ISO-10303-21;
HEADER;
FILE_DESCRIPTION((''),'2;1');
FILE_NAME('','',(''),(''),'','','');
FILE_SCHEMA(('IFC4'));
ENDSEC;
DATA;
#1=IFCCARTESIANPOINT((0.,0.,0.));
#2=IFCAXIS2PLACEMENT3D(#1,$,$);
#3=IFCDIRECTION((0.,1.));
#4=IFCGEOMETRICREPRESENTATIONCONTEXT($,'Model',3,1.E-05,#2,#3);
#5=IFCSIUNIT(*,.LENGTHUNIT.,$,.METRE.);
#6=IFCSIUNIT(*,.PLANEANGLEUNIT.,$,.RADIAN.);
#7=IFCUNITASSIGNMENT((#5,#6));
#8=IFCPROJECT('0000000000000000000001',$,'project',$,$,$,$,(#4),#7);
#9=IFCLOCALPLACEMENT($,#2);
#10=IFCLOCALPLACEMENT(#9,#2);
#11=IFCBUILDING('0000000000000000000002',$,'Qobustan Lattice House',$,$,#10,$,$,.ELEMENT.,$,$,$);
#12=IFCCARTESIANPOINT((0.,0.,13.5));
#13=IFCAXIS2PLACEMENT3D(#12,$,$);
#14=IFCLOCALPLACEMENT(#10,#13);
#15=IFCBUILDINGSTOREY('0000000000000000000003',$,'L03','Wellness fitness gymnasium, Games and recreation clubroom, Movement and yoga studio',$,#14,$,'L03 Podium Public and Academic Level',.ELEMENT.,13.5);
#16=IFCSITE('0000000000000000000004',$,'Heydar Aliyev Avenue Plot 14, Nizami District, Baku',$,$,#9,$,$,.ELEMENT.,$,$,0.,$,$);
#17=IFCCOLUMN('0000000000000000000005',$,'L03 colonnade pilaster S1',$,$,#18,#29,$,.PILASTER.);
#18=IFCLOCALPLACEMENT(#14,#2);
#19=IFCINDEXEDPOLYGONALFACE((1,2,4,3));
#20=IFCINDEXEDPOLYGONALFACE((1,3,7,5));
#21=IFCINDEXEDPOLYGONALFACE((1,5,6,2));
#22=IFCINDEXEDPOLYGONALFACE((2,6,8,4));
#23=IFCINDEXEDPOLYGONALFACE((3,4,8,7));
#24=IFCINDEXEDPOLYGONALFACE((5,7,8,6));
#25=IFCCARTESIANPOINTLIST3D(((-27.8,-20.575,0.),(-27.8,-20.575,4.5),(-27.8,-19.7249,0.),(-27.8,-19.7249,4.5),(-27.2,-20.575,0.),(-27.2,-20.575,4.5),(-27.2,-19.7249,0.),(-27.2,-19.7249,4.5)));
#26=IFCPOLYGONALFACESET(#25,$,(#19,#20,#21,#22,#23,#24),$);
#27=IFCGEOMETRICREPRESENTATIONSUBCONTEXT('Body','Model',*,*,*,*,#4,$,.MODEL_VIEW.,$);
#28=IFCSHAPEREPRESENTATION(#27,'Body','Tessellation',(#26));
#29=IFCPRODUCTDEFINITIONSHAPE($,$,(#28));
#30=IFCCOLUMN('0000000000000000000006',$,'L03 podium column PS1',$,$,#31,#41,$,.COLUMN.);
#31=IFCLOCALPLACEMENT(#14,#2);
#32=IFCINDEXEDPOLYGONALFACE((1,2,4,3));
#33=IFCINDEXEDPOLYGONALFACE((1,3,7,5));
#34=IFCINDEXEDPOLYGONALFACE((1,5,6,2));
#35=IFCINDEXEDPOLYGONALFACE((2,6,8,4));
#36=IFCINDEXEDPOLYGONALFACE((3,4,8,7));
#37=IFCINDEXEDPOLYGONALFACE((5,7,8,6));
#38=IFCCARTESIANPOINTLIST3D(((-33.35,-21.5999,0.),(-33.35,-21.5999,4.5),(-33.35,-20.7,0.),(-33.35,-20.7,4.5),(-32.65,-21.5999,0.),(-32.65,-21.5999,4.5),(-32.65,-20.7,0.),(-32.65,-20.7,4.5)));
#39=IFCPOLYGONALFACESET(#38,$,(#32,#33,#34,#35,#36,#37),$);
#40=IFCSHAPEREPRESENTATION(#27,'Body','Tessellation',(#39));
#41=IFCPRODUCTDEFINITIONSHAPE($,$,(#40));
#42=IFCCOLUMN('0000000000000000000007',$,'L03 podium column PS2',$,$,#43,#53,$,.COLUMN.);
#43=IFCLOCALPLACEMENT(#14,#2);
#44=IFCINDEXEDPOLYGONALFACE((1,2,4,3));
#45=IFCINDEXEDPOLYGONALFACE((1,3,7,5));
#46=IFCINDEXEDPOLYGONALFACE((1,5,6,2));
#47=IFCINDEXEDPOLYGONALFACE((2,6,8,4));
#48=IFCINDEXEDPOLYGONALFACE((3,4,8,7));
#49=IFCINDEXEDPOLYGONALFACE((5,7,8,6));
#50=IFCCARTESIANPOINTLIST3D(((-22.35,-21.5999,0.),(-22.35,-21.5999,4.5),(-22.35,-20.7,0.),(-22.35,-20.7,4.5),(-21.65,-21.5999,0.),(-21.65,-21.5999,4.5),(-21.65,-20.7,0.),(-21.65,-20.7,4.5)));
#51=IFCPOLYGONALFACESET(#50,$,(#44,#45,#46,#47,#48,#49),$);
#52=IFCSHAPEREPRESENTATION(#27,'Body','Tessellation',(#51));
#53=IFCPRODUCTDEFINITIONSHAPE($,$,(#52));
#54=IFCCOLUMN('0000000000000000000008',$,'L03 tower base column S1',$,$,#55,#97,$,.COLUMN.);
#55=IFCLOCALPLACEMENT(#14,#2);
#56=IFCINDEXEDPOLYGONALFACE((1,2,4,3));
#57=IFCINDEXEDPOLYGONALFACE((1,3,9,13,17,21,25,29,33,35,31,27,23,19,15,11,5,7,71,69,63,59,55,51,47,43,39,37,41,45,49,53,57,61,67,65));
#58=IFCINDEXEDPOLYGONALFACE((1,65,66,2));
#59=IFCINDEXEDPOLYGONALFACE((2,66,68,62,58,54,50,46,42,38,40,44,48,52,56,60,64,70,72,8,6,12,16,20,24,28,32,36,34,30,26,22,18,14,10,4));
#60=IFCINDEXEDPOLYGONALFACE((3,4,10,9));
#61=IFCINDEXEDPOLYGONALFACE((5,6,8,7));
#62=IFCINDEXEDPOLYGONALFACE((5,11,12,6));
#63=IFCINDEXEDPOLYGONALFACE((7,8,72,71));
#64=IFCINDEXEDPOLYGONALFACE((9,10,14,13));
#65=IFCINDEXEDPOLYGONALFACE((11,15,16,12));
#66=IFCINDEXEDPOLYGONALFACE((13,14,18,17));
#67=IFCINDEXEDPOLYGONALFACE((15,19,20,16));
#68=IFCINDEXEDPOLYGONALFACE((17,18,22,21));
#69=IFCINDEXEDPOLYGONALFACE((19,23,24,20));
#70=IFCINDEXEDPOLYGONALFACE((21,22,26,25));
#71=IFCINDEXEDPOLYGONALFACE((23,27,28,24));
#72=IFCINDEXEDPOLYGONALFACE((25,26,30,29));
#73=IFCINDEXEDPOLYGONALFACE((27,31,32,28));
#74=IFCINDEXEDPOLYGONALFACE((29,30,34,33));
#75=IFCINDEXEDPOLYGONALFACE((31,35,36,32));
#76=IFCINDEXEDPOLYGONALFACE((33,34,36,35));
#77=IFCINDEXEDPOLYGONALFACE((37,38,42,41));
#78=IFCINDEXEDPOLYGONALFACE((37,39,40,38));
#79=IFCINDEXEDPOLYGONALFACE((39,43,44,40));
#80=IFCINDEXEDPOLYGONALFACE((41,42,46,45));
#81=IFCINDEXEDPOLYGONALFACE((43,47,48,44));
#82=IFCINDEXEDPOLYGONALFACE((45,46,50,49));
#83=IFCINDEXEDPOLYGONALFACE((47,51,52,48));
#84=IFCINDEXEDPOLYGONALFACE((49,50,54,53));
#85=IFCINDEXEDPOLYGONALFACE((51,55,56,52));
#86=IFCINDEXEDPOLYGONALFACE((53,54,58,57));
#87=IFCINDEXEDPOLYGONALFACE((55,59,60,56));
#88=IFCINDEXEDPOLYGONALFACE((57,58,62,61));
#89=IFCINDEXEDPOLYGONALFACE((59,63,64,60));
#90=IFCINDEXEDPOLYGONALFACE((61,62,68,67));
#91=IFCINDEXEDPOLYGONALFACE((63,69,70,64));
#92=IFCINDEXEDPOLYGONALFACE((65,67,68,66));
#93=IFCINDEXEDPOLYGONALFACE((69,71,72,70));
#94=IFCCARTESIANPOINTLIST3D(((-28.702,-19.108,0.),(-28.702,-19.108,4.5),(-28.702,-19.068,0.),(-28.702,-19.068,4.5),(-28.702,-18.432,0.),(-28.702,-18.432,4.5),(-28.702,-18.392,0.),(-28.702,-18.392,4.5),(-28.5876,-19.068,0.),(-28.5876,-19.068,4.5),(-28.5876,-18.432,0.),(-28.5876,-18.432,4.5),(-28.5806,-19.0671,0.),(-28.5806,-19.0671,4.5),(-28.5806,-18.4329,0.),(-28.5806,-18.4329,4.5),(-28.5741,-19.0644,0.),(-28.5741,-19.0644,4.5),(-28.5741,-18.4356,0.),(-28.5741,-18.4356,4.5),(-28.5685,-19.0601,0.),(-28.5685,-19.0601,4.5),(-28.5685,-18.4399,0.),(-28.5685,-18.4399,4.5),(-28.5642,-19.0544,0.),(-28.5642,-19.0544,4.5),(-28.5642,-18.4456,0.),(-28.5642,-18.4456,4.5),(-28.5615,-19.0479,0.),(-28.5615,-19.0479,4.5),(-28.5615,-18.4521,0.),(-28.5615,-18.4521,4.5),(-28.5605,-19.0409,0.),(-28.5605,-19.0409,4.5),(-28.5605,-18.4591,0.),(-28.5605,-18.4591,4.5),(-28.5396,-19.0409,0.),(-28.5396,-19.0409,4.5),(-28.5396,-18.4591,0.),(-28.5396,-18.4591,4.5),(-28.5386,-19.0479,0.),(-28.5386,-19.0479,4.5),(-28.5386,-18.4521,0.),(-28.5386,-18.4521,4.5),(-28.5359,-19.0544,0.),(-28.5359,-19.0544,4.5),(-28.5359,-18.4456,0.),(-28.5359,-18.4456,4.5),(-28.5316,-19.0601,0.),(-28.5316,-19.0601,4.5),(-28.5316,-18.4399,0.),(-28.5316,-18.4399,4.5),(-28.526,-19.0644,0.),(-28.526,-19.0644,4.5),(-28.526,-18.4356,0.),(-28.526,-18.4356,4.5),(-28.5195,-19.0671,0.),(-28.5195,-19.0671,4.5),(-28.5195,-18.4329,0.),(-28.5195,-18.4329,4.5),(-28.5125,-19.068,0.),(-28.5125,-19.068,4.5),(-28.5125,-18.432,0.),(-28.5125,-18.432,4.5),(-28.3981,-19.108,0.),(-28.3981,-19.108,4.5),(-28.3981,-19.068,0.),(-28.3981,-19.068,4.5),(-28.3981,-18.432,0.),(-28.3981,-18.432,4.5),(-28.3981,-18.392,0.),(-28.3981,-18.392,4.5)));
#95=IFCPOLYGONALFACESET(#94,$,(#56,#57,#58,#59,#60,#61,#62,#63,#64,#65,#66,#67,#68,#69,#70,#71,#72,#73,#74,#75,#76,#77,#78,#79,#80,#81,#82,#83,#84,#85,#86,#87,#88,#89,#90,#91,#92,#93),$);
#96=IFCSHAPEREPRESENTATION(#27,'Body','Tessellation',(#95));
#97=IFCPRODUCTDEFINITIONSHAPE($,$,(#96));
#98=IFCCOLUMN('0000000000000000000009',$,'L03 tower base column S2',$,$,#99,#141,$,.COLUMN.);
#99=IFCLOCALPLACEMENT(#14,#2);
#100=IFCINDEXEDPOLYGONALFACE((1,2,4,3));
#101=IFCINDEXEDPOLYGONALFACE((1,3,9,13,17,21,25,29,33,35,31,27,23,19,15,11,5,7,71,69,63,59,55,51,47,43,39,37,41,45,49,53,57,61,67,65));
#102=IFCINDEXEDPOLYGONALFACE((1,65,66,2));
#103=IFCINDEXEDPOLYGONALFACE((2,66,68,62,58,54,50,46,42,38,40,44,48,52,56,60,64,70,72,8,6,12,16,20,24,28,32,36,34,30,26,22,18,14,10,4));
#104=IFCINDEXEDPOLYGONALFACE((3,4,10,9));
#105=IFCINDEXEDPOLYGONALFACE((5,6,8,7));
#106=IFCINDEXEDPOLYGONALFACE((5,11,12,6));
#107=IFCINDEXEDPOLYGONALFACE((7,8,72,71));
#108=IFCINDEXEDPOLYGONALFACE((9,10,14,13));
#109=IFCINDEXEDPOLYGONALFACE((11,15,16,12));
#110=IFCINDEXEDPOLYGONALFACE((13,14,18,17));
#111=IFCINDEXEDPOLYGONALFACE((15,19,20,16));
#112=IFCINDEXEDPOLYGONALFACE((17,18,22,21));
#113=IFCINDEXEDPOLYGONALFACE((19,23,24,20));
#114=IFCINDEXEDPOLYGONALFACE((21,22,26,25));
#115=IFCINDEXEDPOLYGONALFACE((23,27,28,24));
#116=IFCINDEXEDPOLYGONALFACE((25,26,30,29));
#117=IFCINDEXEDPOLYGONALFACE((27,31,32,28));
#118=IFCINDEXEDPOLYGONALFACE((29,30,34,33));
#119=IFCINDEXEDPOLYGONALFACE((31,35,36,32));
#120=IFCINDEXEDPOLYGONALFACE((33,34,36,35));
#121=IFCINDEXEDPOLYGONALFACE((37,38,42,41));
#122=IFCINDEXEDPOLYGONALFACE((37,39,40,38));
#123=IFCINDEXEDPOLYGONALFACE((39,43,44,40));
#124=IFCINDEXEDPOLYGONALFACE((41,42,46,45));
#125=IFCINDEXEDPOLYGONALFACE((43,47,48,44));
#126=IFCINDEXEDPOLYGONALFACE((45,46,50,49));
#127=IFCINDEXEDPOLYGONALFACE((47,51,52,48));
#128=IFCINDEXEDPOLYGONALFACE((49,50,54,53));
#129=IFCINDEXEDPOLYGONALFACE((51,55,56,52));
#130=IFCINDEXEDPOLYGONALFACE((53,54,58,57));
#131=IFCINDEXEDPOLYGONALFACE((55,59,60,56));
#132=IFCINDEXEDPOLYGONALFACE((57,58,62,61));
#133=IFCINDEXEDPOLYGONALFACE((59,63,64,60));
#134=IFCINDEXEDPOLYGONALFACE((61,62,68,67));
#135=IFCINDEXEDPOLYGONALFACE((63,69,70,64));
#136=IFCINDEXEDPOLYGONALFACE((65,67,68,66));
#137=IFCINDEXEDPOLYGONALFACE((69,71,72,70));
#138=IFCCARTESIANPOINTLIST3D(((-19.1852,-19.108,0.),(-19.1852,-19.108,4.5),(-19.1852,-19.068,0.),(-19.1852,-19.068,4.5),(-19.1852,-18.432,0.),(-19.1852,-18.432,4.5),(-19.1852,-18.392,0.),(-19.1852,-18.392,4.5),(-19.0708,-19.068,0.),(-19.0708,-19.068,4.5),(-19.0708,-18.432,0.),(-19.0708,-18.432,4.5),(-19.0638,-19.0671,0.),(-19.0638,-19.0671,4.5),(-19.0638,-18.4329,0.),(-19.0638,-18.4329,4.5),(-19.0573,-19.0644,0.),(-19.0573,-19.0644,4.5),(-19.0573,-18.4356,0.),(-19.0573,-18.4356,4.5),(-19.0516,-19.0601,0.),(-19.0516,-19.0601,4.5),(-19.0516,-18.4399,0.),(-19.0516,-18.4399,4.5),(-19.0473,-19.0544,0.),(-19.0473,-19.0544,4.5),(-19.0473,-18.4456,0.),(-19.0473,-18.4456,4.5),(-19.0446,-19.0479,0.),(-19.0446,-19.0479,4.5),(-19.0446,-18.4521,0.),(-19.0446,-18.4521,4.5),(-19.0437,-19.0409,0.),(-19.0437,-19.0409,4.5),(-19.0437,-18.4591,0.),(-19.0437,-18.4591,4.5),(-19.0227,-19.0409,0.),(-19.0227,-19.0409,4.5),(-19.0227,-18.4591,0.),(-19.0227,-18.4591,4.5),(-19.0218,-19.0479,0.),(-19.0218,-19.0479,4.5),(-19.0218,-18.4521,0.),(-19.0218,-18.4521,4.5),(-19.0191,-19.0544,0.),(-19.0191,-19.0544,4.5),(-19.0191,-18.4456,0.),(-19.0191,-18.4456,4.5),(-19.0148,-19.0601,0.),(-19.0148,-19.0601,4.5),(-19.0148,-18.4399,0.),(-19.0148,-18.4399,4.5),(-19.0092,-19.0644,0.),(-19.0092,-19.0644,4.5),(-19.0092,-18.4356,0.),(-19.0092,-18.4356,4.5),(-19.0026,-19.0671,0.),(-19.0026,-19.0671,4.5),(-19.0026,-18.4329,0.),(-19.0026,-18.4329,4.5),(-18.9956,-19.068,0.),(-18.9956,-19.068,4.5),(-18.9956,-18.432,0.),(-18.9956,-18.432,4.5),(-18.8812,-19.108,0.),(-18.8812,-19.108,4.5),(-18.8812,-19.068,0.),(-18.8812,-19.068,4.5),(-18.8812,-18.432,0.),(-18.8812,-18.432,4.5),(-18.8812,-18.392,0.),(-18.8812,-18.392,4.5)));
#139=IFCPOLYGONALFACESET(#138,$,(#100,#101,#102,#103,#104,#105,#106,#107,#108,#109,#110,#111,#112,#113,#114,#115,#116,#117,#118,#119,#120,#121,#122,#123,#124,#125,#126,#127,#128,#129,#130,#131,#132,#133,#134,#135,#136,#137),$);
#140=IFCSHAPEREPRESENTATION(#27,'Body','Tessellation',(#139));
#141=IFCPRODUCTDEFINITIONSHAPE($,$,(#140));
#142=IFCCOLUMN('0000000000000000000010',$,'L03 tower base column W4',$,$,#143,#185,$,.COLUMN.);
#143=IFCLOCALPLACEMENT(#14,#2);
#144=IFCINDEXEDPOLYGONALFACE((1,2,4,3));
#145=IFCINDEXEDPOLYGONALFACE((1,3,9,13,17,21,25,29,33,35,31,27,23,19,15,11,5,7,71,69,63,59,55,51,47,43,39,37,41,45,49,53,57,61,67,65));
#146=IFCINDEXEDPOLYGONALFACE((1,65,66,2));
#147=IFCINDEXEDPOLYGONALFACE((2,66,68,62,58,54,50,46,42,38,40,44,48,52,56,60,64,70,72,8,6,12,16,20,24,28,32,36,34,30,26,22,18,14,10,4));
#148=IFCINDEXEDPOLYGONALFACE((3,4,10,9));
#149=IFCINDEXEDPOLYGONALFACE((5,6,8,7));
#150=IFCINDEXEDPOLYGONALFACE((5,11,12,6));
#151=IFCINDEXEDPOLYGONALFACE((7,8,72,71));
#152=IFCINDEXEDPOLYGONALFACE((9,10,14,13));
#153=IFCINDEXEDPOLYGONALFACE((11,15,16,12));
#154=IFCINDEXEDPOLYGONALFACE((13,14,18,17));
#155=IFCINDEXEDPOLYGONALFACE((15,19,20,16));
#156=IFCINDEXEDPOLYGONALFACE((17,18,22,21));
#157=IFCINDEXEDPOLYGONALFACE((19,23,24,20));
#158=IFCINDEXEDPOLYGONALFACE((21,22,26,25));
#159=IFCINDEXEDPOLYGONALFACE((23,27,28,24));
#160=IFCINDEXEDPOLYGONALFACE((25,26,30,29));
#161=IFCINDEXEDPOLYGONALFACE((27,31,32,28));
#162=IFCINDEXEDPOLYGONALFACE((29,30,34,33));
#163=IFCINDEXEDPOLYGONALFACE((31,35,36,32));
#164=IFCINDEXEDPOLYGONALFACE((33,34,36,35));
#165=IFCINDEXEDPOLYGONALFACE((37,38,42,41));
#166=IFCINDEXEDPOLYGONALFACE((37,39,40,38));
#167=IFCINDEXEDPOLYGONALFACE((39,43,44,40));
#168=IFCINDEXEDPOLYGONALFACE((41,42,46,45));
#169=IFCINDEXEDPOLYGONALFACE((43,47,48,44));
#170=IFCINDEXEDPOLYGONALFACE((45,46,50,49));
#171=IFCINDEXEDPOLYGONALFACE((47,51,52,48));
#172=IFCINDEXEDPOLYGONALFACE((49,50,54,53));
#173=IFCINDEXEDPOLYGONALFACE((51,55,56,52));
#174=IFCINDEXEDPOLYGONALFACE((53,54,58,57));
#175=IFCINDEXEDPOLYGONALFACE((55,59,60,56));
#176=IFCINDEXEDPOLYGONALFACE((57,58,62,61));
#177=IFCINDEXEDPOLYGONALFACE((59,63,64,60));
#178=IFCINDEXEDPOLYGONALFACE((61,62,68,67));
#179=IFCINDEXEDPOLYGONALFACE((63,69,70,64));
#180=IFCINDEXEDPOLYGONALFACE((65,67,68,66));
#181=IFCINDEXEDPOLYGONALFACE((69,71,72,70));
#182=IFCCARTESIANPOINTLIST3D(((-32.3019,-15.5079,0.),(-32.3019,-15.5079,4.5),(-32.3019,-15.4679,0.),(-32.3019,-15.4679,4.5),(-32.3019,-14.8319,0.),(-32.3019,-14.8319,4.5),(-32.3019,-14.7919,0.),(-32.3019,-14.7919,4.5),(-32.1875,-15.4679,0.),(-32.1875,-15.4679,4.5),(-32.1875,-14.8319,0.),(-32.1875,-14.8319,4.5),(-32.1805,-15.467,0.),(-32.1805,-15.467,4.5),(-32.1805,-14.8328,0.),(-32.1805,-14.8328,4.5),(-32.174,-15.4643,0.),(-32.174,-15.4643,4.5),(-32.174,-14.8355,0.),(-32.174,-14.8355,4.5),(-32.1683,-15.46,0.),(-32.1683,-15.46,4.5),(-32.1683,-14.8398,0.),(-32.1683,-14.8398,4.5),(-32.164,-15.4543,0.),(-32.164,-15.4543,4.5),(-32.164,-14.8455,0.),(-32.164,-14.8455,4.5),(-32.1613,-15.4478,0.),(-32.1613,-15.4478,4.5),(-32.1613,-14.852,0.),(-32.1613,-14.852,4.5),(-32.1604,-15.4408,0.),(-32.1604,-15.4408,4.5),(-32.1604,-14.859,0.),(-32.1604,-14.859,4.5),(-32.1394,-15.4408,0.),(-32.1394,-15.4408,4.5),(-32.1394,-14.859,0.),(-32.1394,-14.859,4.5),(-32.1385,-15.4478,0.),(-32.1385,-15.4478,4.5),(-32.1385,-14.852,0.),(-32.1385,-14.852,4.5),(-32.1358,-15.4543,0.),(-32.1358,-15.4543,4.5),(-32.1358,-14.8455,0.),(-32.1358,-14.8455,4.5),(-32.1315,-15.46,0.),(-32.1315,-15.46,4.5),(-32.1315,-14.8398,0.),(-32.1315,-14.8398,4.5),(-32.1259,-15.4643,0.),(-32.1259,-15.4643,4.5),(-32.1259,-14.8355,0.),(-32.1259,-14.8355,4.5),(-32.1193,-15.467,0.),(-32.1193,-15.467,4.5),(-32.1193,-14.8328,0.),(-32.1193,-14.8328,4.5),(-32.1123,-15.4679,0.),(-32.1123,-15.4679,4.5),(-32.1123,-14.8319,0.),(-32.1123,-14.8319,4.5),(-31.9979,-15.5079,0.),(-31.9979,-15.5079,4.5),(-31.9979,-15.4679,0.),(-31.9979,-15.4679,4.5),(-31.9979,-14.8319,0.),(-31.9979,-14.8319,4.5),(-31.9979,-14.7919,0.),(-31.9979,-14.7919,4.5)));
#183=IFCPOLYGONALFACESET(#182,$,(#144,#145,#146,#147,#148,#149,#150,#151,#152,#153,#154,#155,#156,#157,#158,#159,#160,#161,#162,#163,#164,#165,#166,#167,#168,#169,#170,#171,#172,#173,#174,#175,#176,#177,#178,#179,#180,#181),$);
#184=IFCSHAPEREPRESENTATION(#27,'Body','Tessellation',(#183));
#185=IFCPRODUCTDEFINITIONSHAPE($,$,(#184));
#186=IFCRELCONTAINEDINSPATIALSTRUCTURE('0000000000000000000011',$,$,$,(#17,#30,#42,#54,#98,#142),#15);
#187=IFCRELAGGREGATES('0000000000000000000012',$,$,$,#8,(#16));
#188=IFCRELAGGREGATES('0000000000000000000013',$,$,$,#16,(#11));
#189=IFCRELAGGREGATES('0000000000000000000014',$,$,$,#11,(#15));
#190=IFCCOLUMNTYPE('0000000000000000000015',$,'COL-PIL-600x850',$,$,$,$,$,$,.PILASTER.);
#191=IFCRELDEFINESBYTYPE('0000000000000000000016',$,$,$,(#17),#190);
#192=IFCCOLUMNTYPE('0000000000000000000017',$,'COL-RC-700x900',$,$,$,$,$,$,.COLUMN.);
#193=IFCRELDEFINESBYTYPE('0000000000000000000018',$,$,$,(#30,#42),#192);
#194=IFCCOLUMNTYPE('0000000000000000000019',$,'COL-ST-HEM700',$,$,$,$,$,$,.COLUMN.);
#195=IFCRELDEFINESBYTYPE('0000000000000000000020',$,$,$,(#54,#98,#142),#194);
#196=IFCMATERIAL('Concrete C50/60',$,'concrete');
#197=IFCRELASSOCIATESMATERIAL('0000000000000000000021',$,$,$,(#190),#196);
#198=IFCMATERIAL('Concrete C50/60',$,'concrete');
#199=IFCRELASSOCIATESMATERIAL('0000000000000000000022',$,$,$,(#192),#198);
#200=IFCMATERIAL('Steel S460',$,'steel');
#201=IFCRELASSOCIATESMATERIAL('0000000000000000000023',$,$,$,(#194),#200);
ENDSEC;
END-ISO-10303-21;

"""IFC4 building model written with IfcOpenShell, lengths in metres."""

from ifc_helpers import new_model, si_unit, direction, frame, origin, origin_2d, place, context, subcontext, project, spatial, rectangle, i_section, extrude, material, material_profile, profile_set, type_object, element, save


model = new_model("IFC4")

# Units and contexts
model_context = context("Model", 3, precision=1e-05, world=origin(), true_north=direction((0.0, 1.0)))
body_context = subcontext(model_context, "Body", "Model", "MODEL_VIEW")
ifc_project = project(units=[si_unit("LENGTHUNIT", "METRE"), si_unit("PLANEANGLEUNIT", "RADIAN")], contexts=[model_context])

# Site, building, storey
site_placement = place(None, origin())
site = spatial("IfcSite", under=ifc_project, at=site_placement, Name="Heydar Aliyev Avenue Plot 14, Nizami District, Baku", CompositionType="ELEMENT", RefElevation=0.0)
building_placement = place(site_placement, origin())
building = spatial("IfcBuilding", under=site, at=building_placement, Name="Qobustan Lattice House", CompositionType="ELEMENT")
storey_placement = place(building_placement, frame((0.0, 0.0, 13.5)))
storey = spatial("IfcBuildingStorey", under=building, at=storey_placement, Name="L03", Description="Wellness fitness gymnasium, Games and recreation clubroom, Movement and yoga studio", LongName="L03 Podium Public and Academic Level", CompositionType="ELEMENT", Elevation=13.5)

# Columns
ifc_material_1 = material(Name="Concrete C50/60", Category="concrete")
ifc_material_profile_1 = material_profile(ifc_material_1, rectangle(XDim=0.6001, YDim=0.8501, at=origin_2d()), Name="RC600x850")
ifc_profile_set_1 = profile_set([ifc_material_profile_1], Name="Concrete C50/60")
column_type_1 = type_object("IfcColumnType", Name="COL-PIL-600x850", PredefinedType="PILASTER", material=ifc_profile_set_1)
column_placement = place(storey_placement, frame((-27.5, -20.1499, 0.0), z_axis=(0.0, 0.0, 1.0), x_axis=(1.0, 0.0, 0.0)))
element("IfcColumn", 1, at=column_placement, inside=storey, type_object=column_type_1, Name="L03 colonnade pilaster S1", PredefinedType="PILASTER", context=body_context, shape_type="SweptSolid", body=[
    extrude(rectangle(XDim=0.6001, YDim=0.8501, at=origin_2d()), origin(), (0.0, 0.0, 1.0), 4.5),
])
ifc_material_2 = material(Name="Concrete C50/60", Category="concrete")
ifc_material_profile_2 = material_profile(ifc_material_2, rectangle(XDim=0.7, YDim=0.8999, at=origin_2d()), Name="RC700x900")
ifc_profile_set_2 = profile_set([ifc_material_profile_2], Name="Concrete C50/60")
column_type_2 = type_object("IfcColumnType", Name="COL-RC-700x900", PredefinedType="COLUMN", material=ifc_profile_set_2)
for number, where, z_axis, x_axis, name in (
    (2, (-33.0, -21.1499, 0.0), (0.0, 0.0, 1.0), (1.0, 0.0, 0.0), "L03 podium column PS1"),
    (3, (-22.0, -21.1499, 0.0), (0.0, 0.0, 1.0), (1.0, 0.0, 0.0), "L03 podium column PS2"),
):
    element("IfcColumn", number, at=place(storey_placement, frame(where, z_axis=z_axis, x_axis=x_axis)), inside=storey, type_object=column_type_2, Name=name, PredefinedType="COLUMN", context=body_context, shape_type="SweptSolid", body=[
        extrude(rectangle(XDim=0.7, YDim=0.8999, at=origin_2d()), origin(), (0.0, 0.0, 1.0), 4.5),
    ])
ifc_material_3 = material(Name="Steel S460", Category="steel")
ifc_material_profile_3 = material_profile(ifc_material_3, i_section(OverallWidth=0.304, OverallDepth=0.7161, WebThickness=0.021, FlangeThickness=0.04, FilletRadius=0.0271, at=origin_2d()), Name="HEM700")
ifc_profile_set_3 = profile_set([ifc_material_profile_3], Name="Steel S460")
column_type_3 = type_object("IfcColumnType", Name="COL-ST-HEM700", PredefinedType="COLUMN", material=ifc_profile_set_3)
for number, where, z_axis, x_axis, name in (
    (4, (-28.55, -18.75, 0.0), (0.0, 0.0, 1.0), (1.0, 0.0, 0.0), "L03 tower base column S1"),
    (5, (-19.0332, -18.75, 0.0), (0.0, 0.0, 1.0), (1.0, 0.0, 0.0), "L03 tower base column S2"),
    (6, (-32.1499, -15.1499, 0.0), (0.0, 0.0, 1.0), (1.0, 0.0, 0.0), "L03 tower base column W4"),
):
    element("IfcColumn", number, at=place(storey_placement, frame(where, z_axis=z_axis, x_axis=x_axis)), inside=storey, type_object=column_type_3, Name=name, PredefinedType="COLUMN", context=body_context, shape_type="SweptSolid", body=[
        extrude(i_section(OverallWidth=0.304, OverallDepth=0.7161, WebThickness=0.021, FlangeThickness=0.04, FilletRadius=0.0271, at=origin_2d()), origin(), (0.0, 0.0, 1.0), 4.5),
    ])

save(model, "model.ifc")
